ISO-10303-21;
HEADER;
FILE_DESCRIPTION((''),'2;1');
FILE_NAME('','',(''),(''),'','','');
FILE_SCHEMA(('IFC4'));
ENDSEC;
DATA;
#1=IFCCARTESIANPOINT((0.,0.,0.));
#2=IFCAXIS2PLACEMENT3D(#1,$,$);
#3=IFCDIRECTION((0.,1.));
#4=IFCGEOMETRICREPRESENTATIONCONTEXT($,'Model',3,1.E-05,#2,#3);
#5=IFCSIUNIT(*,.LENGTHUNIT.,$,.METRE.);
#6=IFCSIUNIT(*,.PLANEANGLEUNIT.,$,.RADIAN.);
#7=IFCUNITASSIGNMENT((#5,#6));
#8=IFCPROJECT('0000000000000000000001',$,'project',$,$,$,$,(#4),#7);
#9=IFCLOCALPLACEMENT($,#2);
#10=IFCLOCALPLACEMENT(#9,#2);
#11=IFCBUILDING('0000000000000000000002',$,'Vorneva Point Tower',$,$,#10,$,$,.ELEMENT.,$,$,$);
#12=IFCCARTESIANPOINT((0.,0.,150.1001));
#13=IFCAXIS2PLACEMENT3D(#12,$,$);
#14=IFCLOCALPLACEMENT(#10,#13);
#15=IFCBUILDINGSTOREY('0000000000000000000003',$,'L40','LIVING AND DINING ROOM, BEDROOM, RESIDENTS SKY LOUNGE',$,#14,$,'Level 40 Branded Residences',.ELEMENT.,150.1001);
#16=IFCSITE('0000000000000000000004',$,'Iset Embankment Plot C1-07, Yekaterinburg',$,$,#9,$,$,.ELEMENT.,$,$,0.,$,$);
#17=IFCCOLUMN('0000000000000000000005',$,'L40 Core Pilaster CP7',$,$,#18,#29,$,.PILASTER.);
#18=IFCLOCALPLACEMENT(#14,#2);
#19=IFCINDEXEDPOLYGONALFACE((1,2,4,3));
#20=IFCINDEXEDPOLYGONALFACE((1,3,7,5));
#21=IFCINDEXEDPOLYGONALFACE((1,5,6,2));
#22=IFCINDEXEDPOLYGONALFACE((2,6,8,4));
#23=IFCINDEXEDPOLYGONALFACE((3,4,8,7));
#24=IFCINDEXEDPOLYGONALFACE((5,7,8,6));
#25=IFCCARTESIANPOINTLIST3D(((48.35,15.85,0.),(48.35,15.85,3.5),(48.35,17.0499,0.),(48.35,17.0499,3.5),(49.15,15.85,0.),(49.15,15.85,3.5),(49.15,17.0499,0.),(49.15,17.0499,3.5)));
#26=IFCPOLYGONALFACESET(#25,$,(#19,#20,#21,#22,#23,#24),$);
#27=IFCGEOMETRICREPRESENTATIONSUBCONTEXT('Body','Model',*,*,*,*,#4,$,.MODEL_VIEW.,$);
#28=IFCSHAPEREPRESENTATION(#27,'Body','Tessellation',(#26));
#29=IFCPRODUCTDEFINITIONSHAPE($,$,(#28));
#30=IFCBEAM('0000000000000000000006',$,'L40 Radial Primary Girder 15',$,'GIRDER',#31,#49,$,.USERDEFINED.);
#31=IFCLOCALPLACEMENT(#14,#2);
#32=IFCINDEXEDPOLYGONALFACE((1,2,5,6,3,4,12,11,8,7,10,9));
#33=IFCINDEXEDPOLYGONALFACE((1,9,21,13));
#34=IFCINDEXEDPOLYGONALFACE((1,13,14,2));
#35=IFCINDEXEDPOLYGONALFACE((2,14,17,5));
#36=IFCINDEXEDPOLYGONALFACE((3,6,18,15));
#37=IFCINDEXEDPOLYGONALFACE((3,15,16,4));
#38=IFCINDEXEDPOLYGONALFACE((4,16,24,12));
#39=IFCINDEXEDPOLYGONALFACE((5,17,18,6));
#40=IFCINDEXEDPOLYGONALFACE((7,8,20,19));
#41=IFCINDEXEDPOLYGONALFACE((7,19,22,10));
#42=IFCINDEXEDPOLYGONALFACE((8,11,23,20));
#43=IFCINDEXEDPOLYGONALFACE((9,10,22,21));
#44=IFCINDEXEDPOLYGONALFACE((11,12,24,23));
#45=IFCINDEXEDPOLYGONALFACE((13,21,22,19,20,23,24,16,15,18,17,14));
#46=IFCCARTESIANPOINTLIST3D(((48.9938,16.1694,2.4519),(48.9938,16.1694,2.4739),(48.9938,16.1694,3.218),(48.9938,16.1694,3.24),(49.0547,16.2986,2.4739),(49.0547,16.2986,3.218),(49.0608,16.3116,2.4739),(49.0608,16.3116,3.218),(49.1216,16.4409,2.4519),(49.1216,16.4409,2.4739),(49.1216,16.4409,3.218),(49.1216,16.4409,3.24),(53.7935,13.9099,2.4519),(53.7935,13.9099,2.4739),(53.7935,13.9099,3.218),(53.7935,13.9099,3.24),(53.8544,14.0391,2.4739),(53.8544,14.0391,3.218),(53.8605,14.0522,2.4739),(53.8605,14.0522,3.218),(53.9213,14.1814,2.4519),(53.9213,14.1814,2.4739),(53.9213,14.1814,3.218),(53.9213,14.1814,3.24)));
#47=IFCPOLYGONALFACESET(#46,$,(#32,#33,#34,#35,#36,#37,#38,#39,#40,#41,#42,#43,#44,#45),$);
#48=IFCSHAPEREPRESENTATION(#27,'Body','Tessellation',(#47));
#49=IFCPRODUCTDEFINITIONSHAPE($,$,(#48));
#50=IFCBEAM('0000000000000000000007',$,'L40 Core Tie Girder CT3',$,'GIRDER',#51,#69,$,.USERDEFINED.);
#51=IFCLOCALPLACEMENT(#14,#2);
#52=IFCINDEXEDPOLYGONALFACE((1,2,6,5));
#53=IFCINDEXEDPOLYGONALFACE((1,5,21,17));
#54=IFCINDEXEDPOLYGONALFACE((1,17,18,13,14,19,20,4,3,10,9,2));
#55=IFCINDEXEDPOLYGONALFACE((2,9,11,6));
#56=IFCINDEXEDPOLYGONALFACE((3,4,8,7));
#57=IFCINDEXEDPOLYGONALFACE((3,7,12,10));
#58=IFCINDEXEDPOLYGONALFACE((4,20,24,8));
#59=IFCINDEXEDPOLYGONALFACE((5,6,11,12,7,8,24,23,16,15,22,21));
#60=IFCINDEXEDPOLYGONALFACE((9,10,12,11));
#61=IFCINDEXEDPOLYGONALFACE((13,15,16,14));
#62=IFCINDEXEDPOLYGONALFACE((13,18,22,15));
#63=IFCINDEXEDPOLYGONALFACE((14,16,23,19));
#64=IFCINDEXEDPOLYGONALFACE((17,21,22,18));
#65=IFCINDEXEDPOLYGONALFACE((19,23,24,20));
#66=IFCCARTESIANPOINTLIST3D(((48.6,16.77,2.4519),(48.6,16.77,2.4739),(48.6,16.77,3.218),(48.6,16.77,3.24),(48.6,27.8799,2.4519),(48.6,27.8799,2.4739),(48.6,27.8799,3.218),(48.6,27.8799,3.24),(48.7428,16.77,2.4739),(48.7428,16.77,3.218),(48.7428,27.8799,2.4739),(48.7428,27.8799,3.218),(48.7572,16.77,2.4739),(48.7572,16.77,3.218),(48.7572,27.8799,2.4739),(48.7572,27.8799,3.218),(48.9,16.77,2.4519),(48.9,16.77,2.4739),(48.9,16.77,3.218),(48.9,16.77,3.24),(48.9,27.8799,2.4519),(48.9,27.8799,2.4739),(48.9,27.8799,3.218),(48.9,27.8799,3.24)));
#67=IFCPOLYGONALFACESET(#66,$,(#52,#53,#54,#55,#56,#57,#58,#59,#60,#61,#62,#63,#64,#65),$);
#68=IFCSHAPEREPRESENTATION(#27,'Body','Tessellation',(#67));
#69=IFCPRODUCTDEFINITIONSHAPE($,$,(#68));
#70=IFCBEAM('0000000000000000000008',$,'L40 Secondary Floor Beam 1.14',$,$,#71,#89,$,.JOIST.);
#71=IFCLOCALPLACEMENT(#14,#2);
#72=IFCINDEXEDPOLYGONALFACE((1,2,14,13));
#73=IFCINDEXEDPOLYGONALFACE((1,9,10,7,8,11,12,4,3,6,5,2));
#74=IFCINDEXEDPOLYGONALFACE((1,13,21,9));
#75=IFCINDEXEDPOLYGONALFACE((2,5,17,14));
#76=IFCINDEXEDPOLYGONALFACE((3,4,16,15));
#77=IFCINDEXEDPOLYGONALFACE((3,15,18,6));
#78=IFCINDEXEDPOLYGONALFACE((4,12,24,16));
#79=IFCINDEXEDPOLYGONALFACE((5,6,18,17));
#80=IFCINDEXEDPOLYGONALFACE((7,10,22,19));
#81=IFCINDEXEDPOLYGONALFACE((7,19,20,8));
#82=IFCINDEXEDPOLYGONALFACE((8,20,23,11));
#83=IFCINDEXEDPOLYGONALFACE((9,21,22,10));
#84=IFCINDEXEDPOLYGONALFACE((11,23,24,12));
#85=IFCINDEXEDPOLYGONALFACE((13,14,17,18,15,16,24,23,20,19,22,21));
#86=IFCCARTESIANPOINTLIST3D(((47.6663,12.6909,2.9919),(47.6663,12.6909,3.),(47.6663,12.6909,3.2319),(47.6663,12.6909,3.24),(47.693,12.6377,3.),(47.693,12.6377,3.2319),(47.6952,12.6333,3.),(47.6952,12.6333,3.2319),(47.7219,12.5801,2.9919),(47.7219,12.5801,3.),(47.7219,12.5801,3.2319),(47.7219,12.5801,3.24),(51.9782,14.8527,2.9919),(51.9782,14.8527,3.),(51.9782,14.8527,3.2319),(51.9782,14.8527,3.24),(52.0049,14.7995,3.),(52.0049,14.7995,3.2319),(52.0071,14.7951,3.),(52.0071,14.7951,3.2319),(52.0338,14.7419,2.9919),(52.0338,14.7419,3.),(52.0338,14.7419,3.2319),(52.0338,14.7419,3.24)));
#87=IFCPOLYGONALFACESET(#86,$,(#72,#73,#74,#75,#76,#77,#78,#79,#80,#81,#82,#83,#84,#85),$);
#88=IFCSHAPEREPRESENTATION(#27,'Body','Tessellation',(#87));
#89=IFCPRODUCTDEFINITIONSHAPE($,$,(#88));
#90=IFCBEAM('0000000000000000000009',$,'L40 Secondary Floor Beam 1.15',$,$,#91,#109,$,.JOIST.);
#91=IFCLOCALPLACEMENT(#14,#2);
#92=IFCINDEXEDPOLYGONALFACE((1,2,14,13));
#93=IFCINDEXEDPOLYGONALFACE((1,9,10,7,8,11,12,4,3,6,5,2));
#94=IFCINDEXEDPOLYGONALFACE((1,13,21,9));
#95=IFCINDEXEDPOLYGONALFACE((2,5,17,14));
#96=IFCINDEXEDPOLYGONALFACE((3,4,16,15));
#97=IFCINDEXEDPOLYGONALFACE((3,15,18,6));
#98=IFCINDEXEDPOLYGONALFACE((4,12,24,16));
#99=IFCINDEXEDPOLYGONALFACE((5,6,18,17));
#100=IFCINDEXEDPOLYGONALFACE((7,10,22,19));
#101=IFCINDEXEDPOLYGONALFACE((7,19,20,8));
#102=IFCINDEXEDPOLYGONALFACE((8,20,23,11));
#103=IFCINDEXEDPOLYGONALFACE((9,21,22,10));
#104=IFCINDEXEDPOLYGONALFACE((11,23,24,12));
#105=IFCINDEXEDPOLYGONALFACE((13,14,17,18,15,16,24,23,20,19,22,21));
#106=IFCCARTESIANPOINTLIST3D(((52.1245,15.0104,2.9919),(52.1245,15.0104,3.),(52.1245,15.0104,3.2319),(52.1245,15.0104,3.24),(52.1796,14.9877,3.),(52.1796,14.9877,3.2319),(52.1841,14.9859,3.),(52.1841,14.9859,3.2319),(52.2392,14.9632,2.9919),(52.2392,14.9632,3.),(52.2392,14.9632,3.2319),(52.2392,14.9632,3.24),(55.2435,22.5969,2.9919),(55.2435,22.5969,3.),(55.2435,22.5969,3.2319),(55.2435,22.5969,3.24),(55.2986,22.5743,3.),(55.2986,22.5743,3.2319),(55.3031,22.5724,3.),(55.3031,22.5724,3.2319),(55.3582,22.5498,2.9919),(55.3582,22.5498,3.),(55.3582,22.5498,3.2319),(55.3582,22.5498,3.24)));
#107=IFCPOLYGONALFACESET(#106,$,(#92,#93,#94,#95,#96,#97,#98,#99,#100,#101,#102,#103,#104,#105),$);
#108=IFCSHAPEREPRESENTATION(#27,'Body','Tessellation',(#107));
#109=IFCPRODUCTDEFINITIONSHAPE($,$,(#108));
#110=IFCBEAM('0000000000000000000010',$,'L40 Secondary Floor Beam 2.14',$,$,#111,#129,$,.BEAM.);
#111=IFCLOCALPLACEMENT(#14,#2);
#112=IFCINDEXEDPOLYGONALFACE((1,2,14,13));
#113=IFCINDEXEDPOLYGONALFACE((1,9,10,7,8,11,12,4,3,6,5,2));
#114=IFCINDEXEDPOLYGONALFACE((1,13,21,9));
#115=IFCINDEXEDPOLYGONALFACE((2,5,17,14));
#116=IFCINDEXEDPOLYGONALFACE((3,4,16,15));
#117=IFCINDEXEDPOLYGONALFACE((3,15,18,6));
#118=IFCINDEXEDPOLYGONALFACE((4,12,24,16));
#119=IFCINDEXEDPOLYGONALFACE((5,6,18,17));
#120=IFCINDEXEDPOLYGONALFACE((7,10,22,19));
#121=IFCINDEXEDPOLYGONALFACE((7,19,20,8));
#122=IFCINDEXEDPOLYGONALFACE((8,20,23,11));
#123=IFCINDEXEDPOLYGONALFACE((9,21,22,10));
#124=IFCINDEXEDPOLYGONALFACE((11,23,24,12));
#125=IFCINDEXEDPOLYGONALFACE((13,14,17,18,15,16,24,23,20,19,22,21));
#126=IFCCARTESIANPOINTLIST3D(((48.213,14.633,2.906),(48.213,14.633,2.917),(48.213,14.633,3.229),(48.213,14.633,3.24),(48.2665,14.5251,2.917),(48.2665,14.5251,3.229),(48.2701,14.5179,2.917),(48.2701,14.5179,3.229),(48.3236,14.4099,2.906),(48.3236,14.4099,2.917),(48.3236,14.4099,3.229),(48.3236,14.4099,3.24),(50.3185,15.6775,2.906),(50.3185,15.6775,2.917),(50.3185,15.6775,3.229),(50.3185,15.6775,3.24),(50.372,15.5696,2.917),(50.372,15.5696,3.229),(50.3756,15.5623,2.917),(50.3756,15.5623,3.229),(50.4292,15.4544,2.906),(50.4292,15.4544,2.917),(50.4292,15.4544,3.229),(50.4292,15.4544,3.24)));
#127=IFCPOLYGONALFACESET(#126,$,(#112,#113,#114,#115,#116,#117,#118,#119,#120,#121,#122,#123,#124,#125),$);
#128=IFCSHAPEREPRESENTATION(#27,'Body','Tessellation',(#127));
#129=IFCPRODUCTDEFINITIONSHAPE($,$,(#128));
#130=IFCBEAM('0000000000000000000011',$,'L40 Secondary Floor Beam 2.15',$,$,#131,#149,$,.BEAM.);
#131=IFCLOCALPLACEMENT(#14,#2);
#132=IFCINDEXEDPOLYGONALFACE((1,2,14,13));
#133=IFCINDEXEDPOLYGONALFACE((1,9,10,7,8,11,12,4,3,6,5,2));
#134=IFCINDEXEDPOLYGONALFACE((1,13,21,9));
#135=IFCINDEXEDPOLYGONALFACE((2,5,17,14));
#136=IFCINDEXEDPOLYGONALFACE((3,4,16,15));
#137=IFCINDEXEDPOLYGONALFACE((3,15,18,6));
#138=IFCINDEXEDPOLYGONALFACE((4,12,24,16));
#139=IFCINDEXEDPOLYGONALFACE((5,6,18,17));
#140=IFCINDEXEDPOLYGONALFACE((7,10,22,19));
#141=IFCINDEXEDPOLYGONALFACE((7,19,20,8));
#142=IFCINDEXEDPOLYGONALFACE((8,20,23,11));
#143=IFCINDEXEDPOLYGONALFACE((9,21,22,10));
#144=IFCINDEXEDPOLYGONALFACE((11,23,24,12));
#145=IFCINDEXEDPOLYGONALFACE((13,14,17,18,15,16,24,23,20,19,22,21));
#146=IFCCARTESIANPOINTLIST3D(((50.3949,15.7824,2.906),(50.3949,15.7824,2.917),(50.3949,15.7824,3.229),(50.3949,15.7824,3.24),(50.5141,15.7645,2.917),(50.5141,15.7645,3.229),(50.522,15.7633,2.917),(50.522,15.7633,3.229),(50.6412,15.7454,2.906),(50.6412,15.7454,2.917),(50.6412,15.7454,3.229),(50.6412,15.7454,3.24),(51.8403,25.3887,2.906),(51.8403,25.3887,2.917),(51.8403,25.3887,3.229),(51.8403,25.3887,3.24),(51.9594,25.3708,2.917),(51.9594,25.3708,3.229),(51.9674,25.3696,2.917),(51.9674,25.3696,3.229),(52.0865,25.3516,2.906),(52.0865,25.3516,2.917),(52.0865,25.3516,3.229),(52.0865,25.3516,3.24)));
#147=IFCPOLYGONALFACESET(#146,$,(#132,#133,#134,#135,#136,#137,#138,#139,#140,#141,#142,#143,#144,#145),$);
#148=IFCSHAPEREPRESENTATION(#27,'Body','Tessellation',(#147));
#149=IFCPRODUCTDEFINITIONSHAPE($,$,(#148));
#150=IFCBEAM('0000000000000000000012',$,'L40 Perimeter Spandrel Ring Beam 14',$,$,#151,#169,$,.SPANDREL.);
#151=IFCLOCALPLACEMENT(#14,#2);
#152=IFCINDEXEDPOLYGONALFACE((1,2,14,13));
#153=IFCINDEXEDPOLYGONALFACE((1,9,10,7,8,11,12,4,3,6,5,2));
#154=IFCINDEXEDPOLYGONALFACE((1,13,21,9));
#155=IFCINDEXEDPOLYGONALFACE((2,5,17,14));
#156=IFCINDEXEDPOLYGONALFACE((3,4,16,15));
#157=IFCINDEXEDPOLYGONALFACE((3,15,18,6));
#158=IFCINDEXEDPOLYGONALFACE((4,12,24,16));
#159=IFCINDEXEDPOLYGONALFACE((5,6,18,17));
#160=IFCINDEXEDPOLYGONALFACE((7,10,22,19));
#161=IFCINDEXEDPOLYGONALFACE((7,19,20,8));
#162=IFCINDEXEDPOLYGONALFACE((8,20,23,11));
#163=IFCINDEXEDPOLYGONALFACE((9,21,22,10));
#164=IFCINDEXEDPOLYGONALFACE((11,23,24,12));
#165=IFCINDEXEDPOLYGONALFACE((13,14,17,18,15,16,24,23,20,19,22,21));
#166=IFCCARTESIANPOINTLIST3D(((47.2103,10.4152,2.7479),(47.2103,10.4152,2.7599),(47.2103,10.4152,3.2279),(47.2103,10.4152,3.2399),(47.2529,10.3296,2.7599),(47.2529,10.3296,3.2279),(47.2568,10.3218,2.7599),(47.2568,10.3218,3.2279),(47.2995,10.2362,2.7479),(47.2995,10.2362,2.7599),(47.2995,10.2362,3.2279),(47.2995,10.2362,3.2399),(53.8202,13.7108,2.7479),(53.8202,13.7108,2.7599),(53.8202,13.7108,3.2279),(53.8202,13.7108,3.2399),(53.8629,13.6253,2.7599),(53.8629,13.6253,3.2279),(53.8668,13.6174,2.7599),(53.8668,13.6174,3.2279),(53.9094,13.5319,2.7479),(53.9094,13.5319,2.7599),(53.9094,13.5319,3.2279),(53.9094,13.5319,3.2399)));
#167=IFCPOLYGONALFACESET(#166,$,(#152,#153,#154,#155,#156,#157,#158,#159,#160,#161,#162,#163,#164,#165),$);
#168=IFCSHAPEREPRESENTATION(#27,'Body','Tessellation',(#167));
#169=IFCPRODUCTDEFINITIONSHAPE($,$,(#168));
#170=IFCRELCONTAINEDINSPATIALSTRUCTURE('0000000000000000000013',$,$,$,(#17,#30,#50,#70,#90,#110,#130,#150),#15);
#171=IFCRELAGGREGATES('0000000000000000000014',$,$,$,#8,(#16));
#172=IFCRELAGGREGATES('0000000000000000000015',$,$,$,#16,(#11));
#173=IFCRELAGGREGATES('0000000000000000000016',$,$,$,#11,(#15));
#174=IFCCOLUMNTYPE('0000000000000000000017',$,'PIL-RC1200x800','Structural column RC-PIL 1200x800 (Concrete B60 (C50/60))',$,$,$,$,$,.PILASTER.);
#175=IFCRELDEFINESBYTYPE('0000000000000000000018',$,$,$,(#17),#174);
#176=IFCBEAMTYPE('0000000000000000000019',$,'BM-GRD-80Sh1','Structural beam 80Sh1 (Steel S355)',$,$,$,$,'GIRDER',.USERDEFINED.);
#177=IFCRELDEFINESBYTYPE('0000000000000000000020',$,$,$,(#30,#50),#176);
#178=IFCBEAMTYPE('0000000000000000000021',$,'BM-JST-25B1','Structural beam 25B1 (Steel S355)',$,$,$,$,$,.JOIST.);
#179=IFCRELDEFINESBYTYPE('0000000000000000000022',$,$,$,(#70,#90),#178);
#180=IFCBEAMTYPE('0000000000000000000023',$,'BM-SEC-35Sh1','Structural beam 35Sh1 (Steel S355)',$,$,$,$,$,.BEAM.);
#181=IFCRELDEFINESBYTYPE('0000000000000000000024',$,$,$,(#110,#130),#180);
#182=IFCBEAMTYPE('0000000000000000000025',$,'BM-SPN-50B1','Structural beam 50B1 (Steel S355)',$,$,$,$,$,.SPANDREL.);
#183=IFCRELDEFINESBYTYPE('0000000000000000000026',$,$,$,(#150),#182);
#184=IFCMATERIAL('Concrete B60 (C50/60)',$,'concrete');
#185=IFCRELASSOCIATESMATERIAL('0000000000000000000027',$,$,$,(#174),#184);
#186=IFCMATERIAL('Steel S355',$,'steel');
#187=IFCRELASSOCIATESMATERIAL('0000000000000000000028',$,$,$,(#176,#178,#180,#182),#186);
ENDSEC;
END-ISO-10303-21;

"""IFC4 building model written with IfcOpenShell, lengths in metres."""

from ifc_helpers import new_model, si_unit, direction, frame, origin, origin_2d, place, context, subcontext, project, spatial, rectangle, i_section, extrude, material, material_profile, profile_set, type_object, element, save


model = new_model("IFC4")

# Units and contexts
model_context = context("Model", 3, precision=1e-05, world=origin(), true_north=direction((0.0, 1.0)))
body_context = subcontext(model_context, "Body", "Model", "MODEL_VIEW")
ifc_project = project(units=[si_unit("LENGTHUNIT", "METRE"), si_unit("PLANEANGLEUNIT", "RADIAN")], contexts=[model_context])

# Site, building, storey
site_placement = place(None, origin())
site = spatial("IfcSite", under=ifc_project, at=site_placement, Name="Iset Embankment Plot C1-07, Yekaterinburg", CompositionType="ELEMENT", RefElevation=0.0)
building_placement = place(site_placement, origin())
building = spatial("IfcBuilding", under=site, at=building_placement, Name="Vorneva Point Tower", CompositionType="ELEMENT")
storey_placement = place(building_placement, frame((0.0, 0.0, 150.1001)))
storey = spatial("IfcBuildingStorey", under=building, at=storey_placement, Name="L40", Description="LIVING AND DINING ROOM, BEDROOM, RESIDENTS SKY LOUNGE", LongName="Level 40 Branded Residences", CompositionType="ELEMENT", Elevation=150.1001)

# Column
ifc_material_1 = material(Name="Concrete B60 (C50/60)", Category="concrete")
ifc_material_profile_1 = material_profile(ifc_material_1, rectangle(XDim=0.8, YDim=1.2, at=origin_2d()), Name="RC-PIL 1200x800")
ifc_profile_set_1 = profile_set([ifc_material_profile_1], Name="Concrete B60 (C50/60)")
column_type_1 = type_object("IfcColumnType", Name="PIL-RC1200x800", Description="Structural column RC-PIL 1200x800 (Concrete B60 (C50/60))", PredefinedType="PILASTER", material=ifc_profile_set_1)
column_1_placement = place(storey_placement, frame((48.75, 16.45, 0.0), z_axis=(0.0, 0.0, 1.0), x_axis=(1.0, 0.0, 0.0)))
element("IfcColumn", 1, at=column_1_placement, inside=storey, type_object=column_type_1, Name="L40 Core Pilaster CP7", PredefinedType="PILASTER", context=body_context, shape_type="SweptSolid", body=[
    extrude(rectangle(XDim=0.8, YDim=1.2, at=origin_2d()), origin(), (0.0, 0.0, 1.0), 3.5),
])

# Beams
ifc_material_2 = material(Name="Steel S355", Category="steel")
ifc_material_profile_2 = material_profile(ifc_material_2, i_section(OverallWidth=0.3, OverallDepth=0.7881, WebThickness=0.0144, FlangeThickness=0.022, at=origin_2d()), Name="80Sh1")
ifc_profile_set_2 = profile_set([ifc_material_profile_2], Name="Steel S355")
beam_type_1 = type_object("IfcBeamType", Name="BM-GRD-80Sh1", Description="Structural beam 80Sh1 (Steel S355)", ElementType="GIRDER", PredefinedType="USERDEFINED", material=ifc_profile_set_2)
beam_1_placement = place(storey_placement, frame((53.8574, 14.0457, 2.8459), z_axis=(-0.904761, 0.425919, 0.0), x_axis=(-0.425919, -0.904761, 0.0)))
element("IfcBeam", 2, at=beam_1_placement, inside=storey, type_object=beam_type_1, Name="L40 Radial Primary Girder 15", ObjectType="GIRDER", PredefinedType="USERDEFINED", context=body_context, shape_type="SweptSolid", body=[
    extrude(i_section(OverallWidth=0.3, OverallDepth=0.7881, WebThickness=0.0144, FlangeThickness=0.022, at=origin_2d()), origin(), (0.0, 0.0, 1.0), 5.3049),
])
beam_2_placement = place(storey_placement, frame((48.75, 16.77, 2.8459), z_axis=(0.0, 1.0, 0.0), x_axis=(-1.0, 0.0, 0.0)))
element("IfcBeam", 3, at=beam_2_placement, inside=storey, type_object=beam_type_1, Name="L40 Core Tie Girder CT3", ObjectType="GIRDER", PredefinedType="USERDEFINED", context=body_context, shape_type="SweptSolid", body=[
    extrude(i_section(OverallWidth=0.3, OverallDepth=0.7881, WebThickness=0.0144, FlangeThickness=0.022, at=origin_2d()), origin(), (0.0, 0.0, 1.0), 11.1099),
])
ifc_material_profile_3 = material_profile(ifc_material_2, i_section(OverallWidth=0.124, OverallDepth=0.248, WebThickness=0.0049, FlangeThickness=0.0081, at=origin_2d()), Name="25B1")
ifc_profile_set_3 = profile_set([ifc_material_profile_3], Name="Steel S355")
beam_type_2 = type_object("IfcBeamType", Name="BM-JST-25B1", Description="Structural beam 25B1 (Steel S355)", PredefinedType="JOIST", material=ifc_profile_set_3)
beam_3_placement = place(storey_placement, frame((47.6941, 12.6355, 3.116), z_axis=(0.893941, 0.448185, 0.0), x_axis=(-0.448185, 0.893941, 0.0)))
element("IfcBeam", 4, at=beam_3_placement, inside=storey, type_object=beam_type_2, Name="L40 Secondary Floor Beam 1.14", PredefinedType="JOIST", context=body_context, shape_type="SweptSolid", body=[
    extrude(i_section(OverallWidth=0.124, OverallDepth=0.248, WebThickness=0.0049, FlangeThickness=0.0081, at=origin_2d()), origin(), (0.0, 0.0, 1.0), 4.8235),
])
beam_4_placement = place(storey_placement, frame((52.1819, 14.9868, 3.116), z_axis=(0.380236, 0.924889, 0.0), x_axis=(-0.924889, 0.380236, 0.0)))
element("IfcBeam", 5, at=beam_4_placement, inside=storey, type_object=beam_type_2, Name="L40 Secondary Floor Beam 1.15", PredefinedType="JOIST", context=body_context, shape_type="SweptSolid", body=[
    extrude(i_section(OverallWidth=0.124, OverallDepth=0.248, WebThickness=0.0049, FlangeThickness=0.0081, at=origin_2d()), origin(), (0.0, 0.0, 1.0), 8.2026),
])
ifc_material_profile_4 = material_profile(ifc_material_2, i_section(OverallWidth=0.249, OverallDepth=0.334, WebThickness=0.0081, FlangeThickness=0.011, at=origin_2d()), Name="35Sh1")
ifc_profile_set_4 = profile_set([ifc_material_profile_4], Name="Steel S355")
beam_type_3 = type_object("IfcBeamType", Name="BM-SEC-35Sh1", Description="Structural beam 35Sh1 (Steel S355)", PredefinedType="BEAM", material=ifc_profile_set_4)
beam_5_placement = place(storey_placement, frame((48.2683, 14.5215, 3.073), z_axis=(0.895835, 0.444386, 0.0), x_axis=(-0.444386, 0.895835, 0.0)))
element("IfcBeam", 6, at=beam_5_placement, inside=storey, type_object=beam_type_3, Name="L40 Secondary Floor Beam 2.14", PredefinedType="BEAM", context=body_context, shape_type="SweptSolid", body=[
    extrude(i_section(OverallWidth=0.249, OverallDepth=0.334, WebThickness=0.0081, FlangeThickness=0.011, at=origin_2d()), origin(), (0.0, 0.0, 1.0), 2.3503),
])
beam_6_placement = place(storey_placement, frame((50.5181, 15.7639, 3.073), z_axis=(0.148782, 0.98887, 0.0), x_axis=(-0.98887, 0.148782, 0.0)))
element("IfcBeam", 7, at=beam_6_placement, inside=storey, type_object=beam_type_3, Name="L40 Secondary Floor Beam 2.15", PredefinedType="BEAM", context=body_context, shape_type="SweptSolid", body=[
    extrude(i_section(OverallWidth=0.249, OverallDepth=0.334, WebThickness=0.0081, FlangeThickness=0.011, at=origin_2d()), origin(), (0.0, 0.0, 1.0), 9.7144),
])
ifc_material_profile_5 = material_profile(ifc_material_2, i_section(OverallWidth=0.2, OverallDepth=0.4919, WebThickness=0.0088, FlangeThickness=0.012, at=origin_2d()), Name="50B1")
ifc_profile_set_5 = profile_set([ifc_material_profile_5], Name="Steel S355")
beam_type_4 = type_object("IfcBeamType", Name="BM-SPN-50B1", Description="Structural beam 50B1 (Steel S355)", PredefinedType="SPANDREL", material=ifc_profile_set_5)
beam_7_placement = place(storey_placement, frame((47.2549, 10.3257, 2.9939), z_axis=(0.894929, 0.446208, 0.0), x_axis=(-0.446208, 0.894929, 0.0)))
element("IfcBeam", 8, at=beam_7_placement, inside=storey, type_object=beam_type_4, Name="L40 Perimeter Spandrel Ring Beam 14", PredefinedType="SPANDREL", context=body_context, shape_type="SweptSolid", body=[
    extrude(i_section(OverallWidth=0.2, OverallDepth=0.4919, WebThickness=0.0088, FlangeThickness=0.012, at=origin_2d()), origin(), (0.0, 0.0, 1.0), 7.386),
])

save(model, "model.ifc")
